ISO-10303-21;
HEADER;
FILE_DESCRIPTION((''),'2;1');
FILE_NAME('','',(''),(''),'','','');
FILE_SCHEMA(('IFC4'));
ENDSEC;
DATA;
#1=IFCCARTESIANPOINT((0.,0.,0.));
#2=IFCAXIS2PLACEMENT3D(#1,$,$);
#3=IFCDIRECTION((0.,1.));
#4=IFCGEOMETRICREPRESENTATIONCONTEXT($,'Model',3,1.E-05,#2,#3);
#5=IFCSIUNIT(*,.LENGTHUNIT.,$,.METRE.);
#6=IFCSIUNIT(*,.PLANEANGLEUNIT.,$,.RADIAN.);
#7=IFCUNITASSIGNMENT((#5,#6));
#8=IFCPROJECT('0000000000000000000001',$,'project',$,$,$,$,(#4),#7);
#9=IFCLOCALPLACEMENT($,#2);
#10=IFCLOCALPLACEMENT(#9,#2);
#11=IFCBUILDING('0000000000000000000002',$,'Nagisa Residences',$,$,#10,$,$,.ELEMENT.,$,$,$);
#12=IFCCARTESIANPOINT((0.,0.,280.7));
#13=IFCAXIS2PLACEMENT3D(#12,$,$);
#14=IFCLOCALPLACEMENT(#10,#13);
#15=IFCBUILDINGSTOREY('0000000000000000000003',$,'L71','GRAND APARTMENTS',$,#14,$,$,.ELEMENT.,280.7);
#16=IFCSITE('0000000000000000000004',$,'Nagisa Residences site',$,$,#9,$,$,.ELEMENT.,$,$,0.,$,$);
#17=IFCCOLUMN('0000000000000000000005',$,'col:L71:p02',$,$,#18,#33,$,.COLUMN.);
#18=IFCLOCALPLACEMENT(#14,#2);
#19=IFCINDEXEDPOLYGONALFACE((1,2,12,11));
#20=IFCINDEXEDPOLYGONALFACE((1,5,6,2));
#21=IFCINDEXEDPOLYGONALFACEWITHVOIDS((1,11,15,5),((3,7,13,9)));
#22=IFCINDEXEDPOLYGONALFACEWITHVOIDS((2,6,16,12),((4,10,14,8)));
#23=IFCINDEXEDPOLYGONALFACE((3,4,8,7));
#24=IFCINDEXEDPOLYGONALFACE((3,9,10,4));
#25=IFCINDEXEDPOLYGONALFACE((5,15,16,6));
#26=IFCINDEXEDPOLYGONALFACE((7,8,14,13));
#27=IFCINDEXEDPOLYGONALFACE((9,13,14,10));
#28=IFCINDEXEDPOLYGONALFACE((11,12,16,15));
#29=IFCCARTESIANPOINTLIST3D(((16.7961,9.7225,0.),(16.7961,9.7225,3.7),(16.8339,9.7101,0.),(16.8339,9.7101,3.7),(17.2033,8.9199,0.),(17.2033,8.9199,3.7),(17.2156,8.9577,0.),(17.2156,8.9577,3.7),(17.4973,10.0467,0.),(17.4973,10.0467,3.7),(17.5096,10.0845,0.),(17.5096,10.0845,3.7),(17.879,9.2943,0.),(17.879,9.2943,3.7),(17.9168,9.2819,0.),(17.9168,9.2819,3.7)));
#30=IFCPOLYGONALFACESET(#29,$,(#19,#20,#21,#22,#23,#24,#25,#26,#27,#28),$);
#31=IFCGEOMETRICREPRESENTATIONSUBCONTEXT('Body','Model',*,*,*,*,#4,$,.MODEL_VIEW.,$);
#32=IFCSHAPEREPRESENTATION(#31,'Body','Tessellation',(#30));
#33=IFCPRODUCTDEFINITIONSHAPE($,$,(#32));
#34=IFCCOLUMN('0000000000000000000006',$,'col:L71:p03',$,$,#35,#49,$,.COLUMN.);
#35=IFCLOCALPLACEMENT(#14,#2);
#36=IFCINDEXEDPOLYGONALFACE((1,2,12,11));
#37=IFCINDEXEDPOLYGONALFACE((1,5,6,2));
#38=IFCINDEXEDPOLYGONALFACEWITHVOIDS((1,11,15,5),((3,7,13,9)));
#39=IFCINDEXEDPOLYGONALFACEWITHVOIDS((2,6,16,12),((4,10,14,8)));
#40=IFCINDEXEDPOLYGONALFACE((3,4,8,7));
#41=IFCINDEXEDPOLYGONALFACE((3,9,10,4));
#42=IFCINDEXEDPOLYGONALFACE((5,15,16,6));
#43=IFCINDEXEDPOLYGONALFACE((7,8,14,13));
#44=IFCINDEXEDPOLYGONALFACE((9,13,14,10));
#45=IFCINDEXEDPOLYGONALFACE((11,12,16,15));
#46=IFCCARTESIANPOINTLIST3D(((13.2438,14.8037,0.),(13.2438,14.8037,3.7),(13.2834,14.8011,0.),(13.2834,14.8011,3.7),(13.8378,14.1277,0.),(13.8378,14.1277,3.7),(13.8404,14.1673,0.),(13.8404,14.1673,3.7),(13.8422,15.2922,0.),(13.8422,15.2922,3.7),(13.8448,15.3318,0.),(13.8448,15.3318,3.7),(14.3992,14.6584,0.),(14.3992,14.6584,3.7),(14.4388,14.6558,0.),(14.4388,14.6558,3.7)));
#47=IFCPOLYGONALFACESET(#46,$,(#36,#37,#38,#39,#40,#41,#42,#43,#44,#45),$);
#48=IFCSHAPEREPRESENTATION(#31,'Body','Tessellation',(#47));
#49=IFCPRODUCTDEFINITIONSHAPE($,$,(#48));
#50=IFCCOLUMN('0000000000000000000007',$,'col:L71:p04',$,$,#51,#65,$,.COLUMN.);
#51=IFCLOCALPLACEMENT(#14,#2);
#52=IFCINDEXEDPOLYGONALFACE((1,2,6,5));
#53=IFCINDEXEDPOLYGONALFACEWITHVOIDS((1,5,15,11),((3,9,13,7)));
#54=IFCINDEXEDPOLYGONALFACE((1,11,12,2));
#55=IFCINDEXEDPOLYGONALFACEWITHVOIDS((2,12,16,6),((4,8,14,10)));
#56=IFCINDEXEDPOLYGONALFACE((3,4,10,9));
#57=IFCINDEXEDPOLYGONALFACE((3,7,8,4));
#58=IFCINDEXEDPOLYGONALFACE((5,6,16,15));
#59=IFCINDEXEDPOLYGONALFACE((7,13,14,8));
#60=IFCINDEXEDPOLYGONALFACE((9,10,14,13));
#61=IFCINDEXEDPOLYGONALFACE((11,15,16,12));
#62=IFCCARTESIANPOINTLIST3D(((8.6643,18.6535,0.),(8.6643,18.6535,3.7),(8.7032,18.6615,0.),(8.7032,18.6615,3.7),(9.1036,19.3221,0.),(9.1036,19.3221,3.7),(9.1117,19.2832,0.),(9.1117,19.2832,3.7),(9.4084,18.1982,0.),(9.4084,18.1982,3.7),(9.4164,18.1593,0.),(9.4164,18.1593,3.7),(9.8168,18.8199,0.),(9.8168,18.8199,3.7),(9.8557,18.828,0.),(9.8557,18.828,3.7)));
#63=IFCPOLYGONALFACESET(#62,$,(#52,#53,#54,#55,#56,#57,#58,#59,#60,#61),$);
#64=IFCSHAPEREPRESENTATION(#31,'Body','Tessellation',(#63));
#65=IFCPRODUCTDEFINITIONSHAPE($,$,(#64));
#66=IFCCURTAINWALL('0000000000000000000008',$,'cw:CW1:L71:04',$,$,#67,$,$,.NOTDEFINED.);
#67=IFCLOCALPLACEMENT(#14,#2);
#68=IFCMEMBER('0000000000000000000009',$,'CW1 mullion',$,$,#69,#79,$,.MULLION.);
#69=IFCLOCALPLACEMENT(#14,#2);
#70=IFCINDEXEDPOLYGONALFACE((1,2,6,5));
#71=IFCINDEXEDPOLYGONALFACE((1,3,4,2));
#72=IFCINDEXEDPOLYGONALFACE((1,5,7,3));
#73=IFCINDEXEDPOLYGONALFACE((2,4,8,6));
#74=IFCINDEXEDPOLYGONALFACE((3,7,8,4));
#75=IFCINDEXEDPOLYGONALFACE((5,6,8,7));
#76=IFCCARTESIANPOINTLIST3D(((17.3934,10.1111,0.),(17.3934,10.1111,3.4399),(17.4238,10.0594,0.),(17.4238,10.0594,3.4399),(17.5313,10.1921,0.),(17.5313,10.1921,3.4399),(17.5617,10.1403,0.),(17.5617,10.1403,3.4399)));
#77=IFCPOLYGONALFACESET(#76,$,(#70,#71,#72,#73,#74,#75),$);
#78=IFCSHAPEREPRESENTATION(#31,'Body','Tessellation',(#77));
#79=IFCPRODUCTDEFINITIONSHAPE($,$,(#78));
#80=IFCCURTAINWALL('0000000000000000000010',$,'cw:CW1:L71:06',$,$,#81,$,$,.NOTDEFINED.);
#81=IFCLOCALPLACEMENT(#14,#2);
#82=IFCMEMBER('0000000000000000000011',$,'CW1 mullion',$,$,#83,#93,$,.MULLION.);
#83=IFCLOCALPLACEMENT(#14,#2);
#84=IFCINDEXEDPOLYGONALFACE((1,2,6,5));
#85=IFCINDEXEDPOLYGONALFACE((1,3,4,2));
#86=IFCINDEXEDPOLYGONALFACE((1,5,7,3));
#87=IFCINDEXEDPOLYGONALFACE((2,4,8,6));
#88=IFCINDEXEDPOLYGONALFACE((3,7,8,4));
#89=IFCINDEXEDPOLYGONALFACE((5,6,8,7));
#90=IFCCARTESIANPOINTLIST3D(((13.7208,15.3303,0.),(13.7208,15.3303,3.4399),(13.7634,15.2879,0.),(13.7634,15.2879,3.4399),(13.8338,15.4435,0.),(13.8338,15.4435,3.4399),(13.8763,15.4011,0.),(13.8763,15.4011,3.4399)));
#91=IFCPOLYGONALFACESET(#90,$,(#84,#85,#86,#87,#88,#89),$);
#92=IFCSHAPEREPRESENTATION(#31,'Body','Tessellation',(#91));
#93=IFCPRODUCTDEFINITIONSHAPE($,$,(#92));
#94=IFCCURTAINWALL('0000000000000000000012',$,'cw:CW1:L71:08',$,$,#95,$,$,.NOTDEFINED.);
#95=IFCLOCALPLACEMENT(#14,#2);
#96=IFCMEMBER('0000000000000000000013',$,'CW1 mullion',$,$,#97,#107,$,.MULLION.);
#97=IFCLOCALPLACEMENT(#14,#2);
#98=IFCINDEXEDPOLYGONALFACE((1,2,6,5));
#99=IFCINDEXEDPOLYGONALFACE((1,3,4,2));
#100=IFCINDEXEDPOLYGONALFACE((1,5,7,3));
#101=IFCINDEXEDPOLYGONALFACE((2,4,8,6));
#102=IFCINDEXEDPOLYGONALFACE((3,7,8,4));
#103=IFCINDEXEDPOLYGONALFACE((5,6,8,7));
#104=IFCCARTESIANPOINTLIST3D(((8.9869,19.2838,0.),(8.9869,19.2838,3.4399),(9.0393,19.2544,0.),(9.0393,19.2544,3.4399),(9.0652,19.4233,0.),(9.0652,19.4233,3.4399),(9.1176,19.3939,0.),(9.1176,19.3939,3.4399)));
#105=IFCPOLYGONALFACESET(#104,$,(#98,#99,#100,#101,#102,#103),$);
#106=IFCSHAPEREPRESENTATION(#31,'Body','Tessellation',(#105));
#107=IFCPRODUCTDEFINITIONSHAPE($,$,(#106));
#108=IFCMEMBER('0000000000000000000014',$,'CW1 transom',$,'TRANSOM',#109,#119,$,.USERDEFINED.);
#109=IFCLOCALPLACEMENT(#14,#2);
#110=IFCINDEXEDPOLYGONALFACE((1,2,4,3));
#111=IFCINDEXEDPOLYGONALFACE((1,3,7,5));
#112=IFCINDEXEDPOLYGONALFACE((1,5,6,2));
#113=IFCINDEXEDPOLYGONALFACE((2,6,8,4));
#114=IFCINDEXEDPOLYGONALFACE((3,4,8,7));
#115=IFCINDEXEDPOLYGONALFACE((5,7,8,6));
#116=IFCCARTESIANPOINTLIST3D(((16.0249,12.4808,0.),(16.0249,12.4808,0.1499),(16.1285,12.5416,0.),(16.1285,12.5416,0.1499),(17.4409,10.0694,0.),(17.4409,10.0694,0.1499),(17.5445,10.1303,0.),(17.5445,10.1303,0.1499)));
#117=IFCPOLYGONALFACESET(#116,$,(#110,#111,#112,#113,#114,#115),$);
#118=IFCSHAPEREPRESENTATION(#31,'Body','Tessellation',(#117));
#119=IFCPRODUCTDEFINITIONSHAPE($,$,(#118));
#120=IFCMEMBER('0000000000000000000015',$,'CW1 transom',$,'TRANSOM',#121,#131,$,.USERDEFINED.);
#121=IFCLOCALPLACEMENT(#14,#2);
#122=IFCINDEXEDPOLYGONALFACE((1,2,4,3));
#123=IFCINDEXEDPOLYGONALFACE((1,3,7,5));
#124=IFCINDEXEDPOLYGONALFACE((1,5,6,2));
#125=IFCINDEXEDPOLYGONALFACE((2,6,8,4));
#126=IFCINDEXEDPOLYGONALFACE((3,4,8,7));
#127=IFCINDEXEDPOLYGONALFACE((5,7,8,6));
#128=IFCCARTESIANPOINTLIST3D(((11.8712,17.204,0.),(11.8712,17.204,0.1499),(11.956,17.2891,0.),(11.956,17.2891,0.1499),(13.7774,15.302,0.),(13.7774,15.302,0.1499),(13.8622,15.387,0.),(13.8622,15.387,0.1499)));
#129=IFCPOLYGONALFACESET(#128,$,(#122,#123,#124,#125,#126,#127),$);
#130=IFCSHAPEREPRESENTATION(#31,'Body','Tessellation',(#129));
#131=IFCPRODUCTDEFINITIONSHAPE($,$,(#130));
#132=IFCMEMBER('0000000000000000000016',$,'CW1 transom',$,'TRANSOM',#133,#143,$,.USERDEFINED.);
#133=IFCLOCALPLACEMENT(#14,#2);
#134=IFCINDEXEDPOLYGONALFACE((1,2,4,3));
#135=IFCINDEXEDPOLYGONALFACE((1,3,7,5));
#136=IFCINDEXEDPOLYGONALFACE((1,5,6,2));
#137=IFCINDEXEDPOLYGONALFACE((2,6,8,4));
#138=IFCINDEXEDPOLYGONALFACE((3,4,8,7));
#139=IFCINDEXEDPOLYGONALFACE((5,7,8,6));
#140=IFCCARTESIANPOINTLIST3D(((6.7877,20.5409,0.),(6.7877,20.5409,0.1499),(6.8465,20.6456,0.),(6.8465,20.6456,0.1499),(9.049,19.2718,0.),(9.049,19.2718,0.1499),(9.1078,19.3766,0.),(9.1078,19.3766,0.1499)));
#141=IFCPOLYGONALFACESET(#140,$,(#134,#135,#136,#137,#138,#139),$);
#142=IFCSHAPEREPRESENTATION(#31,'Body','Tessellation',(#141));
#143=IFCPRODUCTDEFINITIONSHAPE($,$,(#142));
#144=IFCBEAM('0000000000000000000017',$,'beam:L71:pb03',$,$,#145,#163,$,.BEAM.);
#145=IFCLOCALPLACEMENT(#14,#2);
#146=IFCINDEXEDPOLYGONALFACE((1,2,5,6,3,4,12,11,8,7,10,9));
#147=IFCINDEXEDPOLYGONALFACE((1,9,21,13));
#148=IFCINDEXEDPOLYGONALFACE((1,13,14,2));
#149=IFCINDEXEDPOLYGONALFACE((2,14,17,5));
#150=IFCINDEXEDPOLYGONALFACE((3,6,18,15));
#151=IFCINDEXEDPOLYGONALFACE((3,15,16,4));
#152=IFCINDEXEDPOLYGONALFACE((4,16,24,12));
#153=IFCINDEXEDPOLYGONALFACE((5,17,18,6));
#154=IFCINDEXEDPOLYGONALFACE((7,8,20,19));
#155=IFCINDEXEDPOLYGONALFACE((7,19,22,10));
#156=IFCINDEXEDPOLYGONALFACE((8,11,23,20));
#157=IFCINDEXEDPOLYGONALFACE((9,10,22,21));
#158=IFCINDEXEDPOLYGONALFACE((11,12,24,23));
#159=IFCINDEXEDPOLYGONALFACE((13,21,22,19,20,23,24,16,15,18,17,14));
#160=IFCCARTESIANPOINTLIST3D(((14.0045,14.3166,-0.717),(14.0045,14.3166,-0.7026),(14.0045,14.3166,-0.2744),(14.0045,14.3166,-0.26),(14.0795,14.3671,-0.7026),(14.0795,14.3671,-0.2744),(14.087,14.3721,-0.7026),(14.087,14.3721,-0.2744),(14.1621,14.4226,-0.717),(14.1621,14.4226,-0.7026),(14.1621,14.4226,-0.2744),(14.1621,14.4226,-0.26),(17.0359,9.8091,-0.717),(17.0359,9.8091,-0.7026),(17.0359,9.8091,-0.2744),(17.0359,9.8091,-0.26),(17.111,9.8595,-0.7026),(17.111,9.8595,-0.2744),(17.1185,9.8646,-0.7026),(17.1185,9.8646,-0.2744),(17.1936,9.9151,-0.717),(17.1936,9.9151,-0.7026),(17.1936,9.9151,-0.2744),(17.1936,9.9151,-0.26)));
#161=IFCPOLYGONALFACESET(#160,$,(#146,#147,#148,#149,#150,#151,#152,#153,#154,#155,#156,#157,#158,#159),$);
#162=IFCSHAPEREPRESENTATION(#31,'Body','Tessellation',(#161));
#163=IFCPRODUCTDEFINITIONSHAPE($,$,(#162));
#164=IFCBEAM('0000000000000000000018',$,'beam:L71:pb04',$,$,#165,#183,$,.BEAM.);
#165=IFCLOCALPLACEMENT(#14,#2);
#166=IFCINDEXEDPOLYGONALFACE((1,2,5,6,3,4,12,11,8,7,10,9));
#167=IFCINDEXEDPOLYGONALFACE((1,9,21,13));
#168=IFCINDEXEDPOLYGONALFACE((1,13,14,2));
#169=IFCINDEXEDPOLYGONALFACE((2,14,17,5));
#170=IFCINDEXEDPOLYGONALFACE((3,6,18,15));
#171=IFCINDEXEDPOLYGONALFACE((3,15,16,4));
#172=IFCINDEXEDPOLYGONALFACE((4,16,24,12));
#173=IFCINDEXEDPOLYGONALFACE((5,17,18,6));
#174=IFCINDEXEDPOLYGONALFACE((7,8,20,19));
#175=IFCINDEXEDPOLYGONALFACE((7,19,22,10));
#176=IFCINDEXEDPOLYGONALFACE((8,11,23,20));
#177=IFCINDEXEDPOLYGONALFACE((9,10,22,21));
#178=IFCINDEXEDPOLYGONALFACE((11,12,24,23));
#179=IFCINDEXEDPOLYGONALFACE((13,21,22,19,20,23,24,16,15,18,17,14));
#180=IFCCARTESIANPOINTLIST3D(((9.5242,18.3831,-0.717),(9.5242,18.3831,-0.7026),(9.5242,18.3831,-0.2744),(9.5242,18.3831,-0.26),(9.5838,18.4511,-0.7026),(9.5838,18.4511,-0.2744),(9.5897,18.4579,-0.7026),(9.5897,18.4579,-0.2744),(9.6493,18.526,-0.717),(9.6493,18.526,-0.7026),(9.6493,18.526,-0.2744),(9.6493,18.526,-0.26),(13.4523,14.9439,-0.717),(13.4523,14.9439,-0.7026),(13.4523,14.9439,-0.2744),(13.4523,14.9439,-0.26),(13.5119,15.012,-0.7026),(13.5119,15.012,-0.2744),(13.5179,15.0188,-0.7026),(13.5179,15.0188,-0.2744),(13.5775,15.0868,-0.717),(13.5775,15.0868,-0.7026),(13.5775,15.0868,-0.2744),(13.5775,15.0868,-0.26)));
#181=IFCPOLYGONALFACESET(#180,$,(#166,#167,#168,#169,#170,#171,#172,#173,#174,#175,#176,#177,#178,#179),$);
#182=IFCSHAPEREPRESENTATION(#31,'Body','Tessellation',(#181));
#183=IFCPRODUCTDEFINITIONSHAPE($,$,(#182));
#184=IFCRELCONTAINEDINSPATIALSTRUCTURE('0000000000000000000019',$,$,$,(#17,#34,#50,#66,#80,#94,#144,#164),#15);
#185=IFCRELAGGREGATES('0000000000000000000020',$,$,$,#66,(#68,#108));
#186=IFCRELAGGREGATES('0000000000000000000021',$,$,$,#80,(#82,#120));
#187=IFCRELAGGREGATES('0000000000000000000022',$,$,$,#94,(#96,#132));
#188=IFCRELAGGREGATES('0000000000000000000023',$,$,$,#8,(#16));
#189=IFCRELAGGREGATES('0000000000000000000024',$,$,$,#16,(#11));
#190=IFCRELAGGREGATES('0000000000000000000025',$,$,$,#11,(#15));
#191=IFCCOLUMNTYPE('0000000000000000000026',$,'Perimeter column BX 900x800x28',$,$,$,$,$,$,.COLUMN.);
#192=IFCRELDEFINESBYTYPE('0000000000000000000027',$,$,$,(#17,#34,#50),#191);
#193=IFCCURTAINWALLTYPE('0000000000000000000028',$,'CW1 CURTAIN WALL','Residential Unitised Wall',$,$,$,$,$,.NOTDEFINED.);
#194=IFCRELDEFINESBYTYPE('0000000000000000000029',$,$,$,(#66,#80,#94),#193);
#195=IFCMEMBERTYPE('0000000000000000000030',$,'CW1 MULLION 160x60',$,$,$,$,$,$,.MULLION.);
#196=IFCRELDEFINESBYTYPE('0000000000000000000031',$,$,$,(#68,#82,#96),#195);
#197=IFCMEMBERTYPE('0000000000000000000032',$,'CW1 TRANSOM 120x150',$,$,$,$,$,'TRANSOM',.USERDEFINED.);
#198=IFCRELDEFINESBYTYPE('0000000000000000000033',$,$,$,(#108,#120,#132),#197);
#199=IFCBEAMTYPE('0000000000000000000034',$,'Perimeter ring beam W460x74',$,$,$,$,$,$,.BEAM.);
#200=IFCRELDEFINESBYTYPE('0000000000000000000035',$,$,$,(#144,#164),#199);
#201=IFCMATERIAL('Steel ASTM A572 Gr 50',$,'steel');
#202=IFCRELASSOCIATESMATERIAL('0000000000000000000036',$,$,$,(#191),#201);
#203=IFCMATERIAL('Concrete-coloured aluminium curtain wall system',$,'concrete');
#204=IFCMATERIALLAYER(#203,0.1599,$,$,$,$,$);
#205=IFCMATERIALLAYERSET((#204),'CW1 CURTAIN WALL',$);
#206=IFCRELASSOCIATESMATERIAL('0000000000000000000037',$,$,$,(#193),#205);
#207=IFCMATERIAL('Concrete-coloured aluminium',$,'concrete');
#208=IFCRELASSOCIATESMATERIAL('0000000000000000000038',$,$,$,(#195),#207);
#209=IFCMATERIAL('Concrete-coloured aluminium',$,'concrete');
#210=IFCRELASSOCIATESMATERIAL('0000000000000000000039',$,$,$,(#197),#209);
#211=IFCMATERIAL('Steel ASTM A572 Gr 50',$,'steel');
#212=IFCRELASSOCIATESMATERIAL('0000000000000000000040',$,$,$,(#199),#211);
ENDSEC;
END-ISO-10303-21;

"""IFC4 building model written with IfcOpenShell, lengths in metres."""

from ifc_helpers import new_model, si_unit, direction, frame, origin, origin_2d, place, context, subcontext, project, spatial, rectangle, hollow_rectangle, i_section, extrude, material, layer, layer_set, material_profile, profile_set, type_object, element, aggregate, save


model = new_model("IFC4")

# Units and contexts
model_context = context("Model", 3, precision=1e-05, world=origin(), true_north=direction((0.0, 1.0)))
body_context = subcontext(model_context, "Body", "Model", "MODEL_VIEW")
ifc_project = project(units=[si_unit("LENGTHUNIT", "METRE"), si_unit("PLANEANGLEUNIT", "RADIAN")], contexts=[model_context])

# Site, building, storey
site_placement = place(None, origin())
site = spatial("IfcSite", under=ifc_project, at=site_placement, Name="Nagisa Residences site", CompositionType="ELEMENT", RefElevation=0.0)
building_placement = place(site_placement, origin())
building = spatial("IfcBuilding", under=site, at=building_placement, Name="Nagisa Residences", CompositionType="ELEMENT")
storey_placement = place(building_placement, frame((0.0, 0.0, 280.7)))
storey = spatial("IfcBuildingStorey", under=building, at=storey_placement, Name="L71", Description="GRAND APARTMENTS", CompositionType="ELEMENT", Elevation=280.7)

# Columns
ifc_material_1 = material(Name="Steel ASTM A572 Gr 50", Category="steel")
ifc_material_profile_1 = material_profile(ifc_material_1, hollow_rectangle(XDim=0.8999, YDim=0.8, WallThickness=0.0281, at=origin_2d()), Name="BX 900x800x28")
ifc_profile_set_1 = profile_set([ifc_material_profile_1], Name="Steel ASTM A572 Gr 50")
column_type = type_object("IfcColumnType", Name="Perimeter column BX 900x800x28", PredefinedType="COLUMN", material=ifc_profile_set_1)
for number, where, z_axis, x_axis, name in (
    (1, (17.3564, 9.5022, 0.0), (0.0, 0.0, 1.0), (-0.452463, 0.891783, 0.0), "col:L71:p02"),
    (2, (13.8413, 14.7297, 0.0), (0.0, 0.0, 1.0), (-0.660115, 0.751165, 0.0), "col:L71:p03"),
    (3, (9.26, 18.7407, 0.0), (0.0, 0.0, 1.0), (-0.835766, 0.549086, 0.0), "col:L71:p04"),
):
    element("IfcColumn", number, at=place(storey_placement, frame(where, z_axis=z_axis, x_axis=x_axis)), inside=storey, type_object=column_type, Name=name, PredefinedType="COLUMN", context=body_context, shape_type="SweptSolid", body=[
        extrude(hollow_rectangle(XDim=0.8999, YDim=0.8, WallThickness=0.0281, at=origin_2d()), origin(), (0.0, 0.0, 1.0), 3.7),
    ])

# Curtain walls, members
ifc_material_2 = material(Name="Concrete-coloured aluminium curtain wall system", Category="concrete")
ifc_layer_1 = layer(ifc_material_2, 0.1599)
ifc_layer_set_1 = layer_set([ifc_layer_1], Name="CW1 CURTAIN WALL")
curtain_wall_type = type_object("IfcCurtainWallType", Name="CW1 CURTAIN WALL", Description="Residential Unitised Wall", PredefinedType="NOTDEFINED", material=ifc_layer_set_1)
curtain_wall_1_placement = place(storey_placement, origin())
curtain_wall_1 = element("IfcCurtainWall", 4, at=curtain_wall_1_placement, inside=storey, type_object=curtain_wall_type, Name="cw:CW1:L71:04", PredefinedType="NOTDEFINED")
ifc_material_3 = material(Name="Concrete-coloured aluminium", Category="concrete")
ifc_material_profile_2 = material_profile(ifc_material_3, rectangle(XDim=0.1599, YDim=0.0601, at=origin_2d()), Name="CW1 MULLION 160x60")
ifc_profile_set_2 = profile_set([ifc_material_profile_2], Name="Concrete-coloured aluminium")
member_type_1 = type_object("IfcMemberType", Name="CW1 MULLION 160x60", PredefinedType="MULLION", material=ifc_profile_set_2)
member_1_placement = place(storey_placement, frame((17.4775, 10.1257, 0.0), z_axis=(0.0, 0.0, 1.0), x_axis=(-0.862329, -0.506349, 0.0)))
member_1 = element("IfcMember", 5, at=member_1_placement, type_object=member_type_1, Name="CW1 mullion", PredefinedType="MULLION", context=body_context, shape_type="SweptSolid", body=[
    extrude(rectangle(XDim=0.1599, YDim=0.0601, at=origin_2d()), origin(), (0.0, 0.0, 1.0), 3.4399),
])
curtain_wall_2_placement = place(storey_placement, origin())
curtain_wall_2 = element("IfcCurtainWall", 6, at=curtain_wall_2_placement, inside=storey, type_object=curtain_wall_type, Name="cw:CW1:L71:06", PredefinedType="NOTDEFINED")
member_2_placement = place(storey_placement, frame((13.7986, 15.3657, 0.0), z_axis=(0.0, 0.0, 1.0), x_axis=(-0.706377, -0.707836, 0.0)))
member_2 = element("IfcMember", 7, at=member_2_placement, type_object=member_type_1, Name="CW1 mullion", PredefinedType="MULLION", context=body_context, shape_type="SweptSolid", body=[
    extrude(rectangle(XDim=0.1599, YDim=0.0601, at=origin_2d()), origin(), (0.0, 0.0, 1.0), 3.4399),
])
curtain_wall_3_placement = place(storey_placement, origin())
curtain_wall_3 = element("IfcCurtainWall", 8, at=curtain_wall_3_placement, inside=storey, type_object=curtain_wall_type, Name="cw:CW1:L71:08", PredefinedType="NOTDEFINED")
member_3_placement = place(storey_placement, frame((9.0522, 19.3389, 0.0), z_axis=(0.0, 0.0, 1.0), x_axis=(-0.489377, -0.872072, 0.0)))
member_3 = element("IfcMember", 9, at=member_3_placement, type_object=member_type_1, Name="CW1 mullion", PredefinedType="MULLION", context=body_context, shape_type="SweptSolid", body=[
    extrude(rectangle(XDim=0.1599, YDim=0.0601, at=origin_2d()), origin(), (0.0, 0.0, 1.0), 3.4399),
])

# Members
ifc_material_4 = material(Name="Concrete-coloured aluminium", Category="concrete")
ifc_material_profile_3 = material_profile(ifc_material_4, rectangle(XDim=0.1201, YDim=0.1499, at=origin_2d()), Name="CW1 TRANSOM 120x150")
ifc_profile_set_3 = profile_set([ifc_material_profile_3], Name="Concrete-coloured aluminium")
member_type_2 = type_object("IfcMemberType", Name="CW1 TRANSOM 120x150", ElementType="TRANSOM", PredefinedType="USERDEFINED", material=ifc_profile_set_3)
member_4_placement = place(storey_placement, frame((17.4927, 10.0999, 0.075), z_axis=(-0.506371, 0.862316, 0.0), x_axis=(-0.862316, -0.506371, 0.0)))
member_4 = element("IfcMember", 10, at=member_4_placement, type_object=member_type_2, Name="CW1 transom", ObjectType="TRANSOM", PredefinedType="USERDEFINED", context=body_context, shape_type="SweptSolid", body=[
    extrude(rectangle(XDim=0.1201, YDim=0.1499, at=origin_2d()), origin(), (0.0, 0.0, 1.0), 2.7964),
])
member_5_placement = place(storey_placement, frame((13.8198, 15.3445, 0.075), z_axis=(-0.707877, 0.706336, 0.0), x_axis=(-0.706336, -0.707877, 0.0)))
member_5 = element("IfcMember", 11, at=member_5_placement, type_object=member_type_2, Name="CW1 transom", ObjectType="TRANSOM", PredefinedType="USERDEFINED", context=body_context, shape_type="SweptSolid", body=[
    extrude(rectangle(XDim=0.1201, YDim=0.1499, at=origin_2d()), origin(), (0.0, 0.0, 1.0), 2.6929),
])
member_6_placement = place(storey_placement, frame((9.0784, 19.3242, 0.075), z_axis=(-0.872053, 0.489412, 0.0), x_axis=(-0.489412, -0.872053, 0.0)))
member_6 = element("IfcMember", 12, at=member_6_placement, type_object=member_type_2, Name="CW1 transom", ObjectType="TRANSOM", PredefinedType="USERDEFINED", context=body_context, shape_type="SweptSolid", body=[
    extrude(rectangle(XDim=0.1201, YDim=0.1499, at=origin_2d()), origin(), (0.0, 0.0, 1.0), 2.593),
])

# Beams
ifc_material_5 = material(Name="Steel ASTM A572 Gr 50", Category="steel")
ifc_material_profile_4 = material_profile(ifc_material_5, i_section(OverallWidth=0.1899, OverallDepth=0.457, WebThickness=0.009, FlangeThickness=0.0144, at=origin_2d()), Name="W460x74")
ifc_profile_set_4 = profile_set([ifc_material_profile_4], Name="Steel ASTM A572 Gr 50")
beam_type_1 = type_object("IfcBeamType", Name="Perimeter ring beam W460x74", PredefinedType="BEAM", material=ifc_profile_set_4)
beam_1_placement = place(storey_placement, frame((17.1147, 9.8621, -0.4885), z_axis=(-0.558066, 0.829796, 0.0), x_axis=(-0.829796, -0.558066, 0.0)))
element("IfcBeam", 13, at=beam_1_placement, inside=storey, type_object=beam_type_1, Name="beam:L71:pb03", PredefinedType="BEAM", context=body_context, shape_type="SweptSolid", body=[
    extrude(i_section(OverallWidth=0.1899, OverallDepth=0.457, WebThickness=0.009, FlangeThickness=0.0144, at=origin_2d()), origin(), (0.0, 0.0, 1.0), 5.4321),
])
beam_2_placement = place(storey_placement, frame((13.5149, 15.0154, -0.4885), z_axis=(-0.752385, 0.658723, 0.0), x_axis=(-0.658723, -0.752385, 0.0)))
element("IfcBeam", 14, at=beam_2_placement, inside=storey, type_object=beam_type_1, Name="beam:L71:pb04", PredefinedType="BEAM", context=body_context, shape_type="SweptSolid", body=[
    extrude(i_section(OverallWidth=0.1899, OverallDepth=0.457, WebThickness=0.009, FlangeThickness=0.0144, at=origin_2d()), origin(), (0.0, 0.0, 1.0), 5.2209),
])

aggregate(curtain_wall_1, [member_1, member_4])
aggregate(curtain_wall_2, [member_2, member_5])
aggregate(curtain_wall_3, [member_3, member_6])

save(model, "model.ifc")
